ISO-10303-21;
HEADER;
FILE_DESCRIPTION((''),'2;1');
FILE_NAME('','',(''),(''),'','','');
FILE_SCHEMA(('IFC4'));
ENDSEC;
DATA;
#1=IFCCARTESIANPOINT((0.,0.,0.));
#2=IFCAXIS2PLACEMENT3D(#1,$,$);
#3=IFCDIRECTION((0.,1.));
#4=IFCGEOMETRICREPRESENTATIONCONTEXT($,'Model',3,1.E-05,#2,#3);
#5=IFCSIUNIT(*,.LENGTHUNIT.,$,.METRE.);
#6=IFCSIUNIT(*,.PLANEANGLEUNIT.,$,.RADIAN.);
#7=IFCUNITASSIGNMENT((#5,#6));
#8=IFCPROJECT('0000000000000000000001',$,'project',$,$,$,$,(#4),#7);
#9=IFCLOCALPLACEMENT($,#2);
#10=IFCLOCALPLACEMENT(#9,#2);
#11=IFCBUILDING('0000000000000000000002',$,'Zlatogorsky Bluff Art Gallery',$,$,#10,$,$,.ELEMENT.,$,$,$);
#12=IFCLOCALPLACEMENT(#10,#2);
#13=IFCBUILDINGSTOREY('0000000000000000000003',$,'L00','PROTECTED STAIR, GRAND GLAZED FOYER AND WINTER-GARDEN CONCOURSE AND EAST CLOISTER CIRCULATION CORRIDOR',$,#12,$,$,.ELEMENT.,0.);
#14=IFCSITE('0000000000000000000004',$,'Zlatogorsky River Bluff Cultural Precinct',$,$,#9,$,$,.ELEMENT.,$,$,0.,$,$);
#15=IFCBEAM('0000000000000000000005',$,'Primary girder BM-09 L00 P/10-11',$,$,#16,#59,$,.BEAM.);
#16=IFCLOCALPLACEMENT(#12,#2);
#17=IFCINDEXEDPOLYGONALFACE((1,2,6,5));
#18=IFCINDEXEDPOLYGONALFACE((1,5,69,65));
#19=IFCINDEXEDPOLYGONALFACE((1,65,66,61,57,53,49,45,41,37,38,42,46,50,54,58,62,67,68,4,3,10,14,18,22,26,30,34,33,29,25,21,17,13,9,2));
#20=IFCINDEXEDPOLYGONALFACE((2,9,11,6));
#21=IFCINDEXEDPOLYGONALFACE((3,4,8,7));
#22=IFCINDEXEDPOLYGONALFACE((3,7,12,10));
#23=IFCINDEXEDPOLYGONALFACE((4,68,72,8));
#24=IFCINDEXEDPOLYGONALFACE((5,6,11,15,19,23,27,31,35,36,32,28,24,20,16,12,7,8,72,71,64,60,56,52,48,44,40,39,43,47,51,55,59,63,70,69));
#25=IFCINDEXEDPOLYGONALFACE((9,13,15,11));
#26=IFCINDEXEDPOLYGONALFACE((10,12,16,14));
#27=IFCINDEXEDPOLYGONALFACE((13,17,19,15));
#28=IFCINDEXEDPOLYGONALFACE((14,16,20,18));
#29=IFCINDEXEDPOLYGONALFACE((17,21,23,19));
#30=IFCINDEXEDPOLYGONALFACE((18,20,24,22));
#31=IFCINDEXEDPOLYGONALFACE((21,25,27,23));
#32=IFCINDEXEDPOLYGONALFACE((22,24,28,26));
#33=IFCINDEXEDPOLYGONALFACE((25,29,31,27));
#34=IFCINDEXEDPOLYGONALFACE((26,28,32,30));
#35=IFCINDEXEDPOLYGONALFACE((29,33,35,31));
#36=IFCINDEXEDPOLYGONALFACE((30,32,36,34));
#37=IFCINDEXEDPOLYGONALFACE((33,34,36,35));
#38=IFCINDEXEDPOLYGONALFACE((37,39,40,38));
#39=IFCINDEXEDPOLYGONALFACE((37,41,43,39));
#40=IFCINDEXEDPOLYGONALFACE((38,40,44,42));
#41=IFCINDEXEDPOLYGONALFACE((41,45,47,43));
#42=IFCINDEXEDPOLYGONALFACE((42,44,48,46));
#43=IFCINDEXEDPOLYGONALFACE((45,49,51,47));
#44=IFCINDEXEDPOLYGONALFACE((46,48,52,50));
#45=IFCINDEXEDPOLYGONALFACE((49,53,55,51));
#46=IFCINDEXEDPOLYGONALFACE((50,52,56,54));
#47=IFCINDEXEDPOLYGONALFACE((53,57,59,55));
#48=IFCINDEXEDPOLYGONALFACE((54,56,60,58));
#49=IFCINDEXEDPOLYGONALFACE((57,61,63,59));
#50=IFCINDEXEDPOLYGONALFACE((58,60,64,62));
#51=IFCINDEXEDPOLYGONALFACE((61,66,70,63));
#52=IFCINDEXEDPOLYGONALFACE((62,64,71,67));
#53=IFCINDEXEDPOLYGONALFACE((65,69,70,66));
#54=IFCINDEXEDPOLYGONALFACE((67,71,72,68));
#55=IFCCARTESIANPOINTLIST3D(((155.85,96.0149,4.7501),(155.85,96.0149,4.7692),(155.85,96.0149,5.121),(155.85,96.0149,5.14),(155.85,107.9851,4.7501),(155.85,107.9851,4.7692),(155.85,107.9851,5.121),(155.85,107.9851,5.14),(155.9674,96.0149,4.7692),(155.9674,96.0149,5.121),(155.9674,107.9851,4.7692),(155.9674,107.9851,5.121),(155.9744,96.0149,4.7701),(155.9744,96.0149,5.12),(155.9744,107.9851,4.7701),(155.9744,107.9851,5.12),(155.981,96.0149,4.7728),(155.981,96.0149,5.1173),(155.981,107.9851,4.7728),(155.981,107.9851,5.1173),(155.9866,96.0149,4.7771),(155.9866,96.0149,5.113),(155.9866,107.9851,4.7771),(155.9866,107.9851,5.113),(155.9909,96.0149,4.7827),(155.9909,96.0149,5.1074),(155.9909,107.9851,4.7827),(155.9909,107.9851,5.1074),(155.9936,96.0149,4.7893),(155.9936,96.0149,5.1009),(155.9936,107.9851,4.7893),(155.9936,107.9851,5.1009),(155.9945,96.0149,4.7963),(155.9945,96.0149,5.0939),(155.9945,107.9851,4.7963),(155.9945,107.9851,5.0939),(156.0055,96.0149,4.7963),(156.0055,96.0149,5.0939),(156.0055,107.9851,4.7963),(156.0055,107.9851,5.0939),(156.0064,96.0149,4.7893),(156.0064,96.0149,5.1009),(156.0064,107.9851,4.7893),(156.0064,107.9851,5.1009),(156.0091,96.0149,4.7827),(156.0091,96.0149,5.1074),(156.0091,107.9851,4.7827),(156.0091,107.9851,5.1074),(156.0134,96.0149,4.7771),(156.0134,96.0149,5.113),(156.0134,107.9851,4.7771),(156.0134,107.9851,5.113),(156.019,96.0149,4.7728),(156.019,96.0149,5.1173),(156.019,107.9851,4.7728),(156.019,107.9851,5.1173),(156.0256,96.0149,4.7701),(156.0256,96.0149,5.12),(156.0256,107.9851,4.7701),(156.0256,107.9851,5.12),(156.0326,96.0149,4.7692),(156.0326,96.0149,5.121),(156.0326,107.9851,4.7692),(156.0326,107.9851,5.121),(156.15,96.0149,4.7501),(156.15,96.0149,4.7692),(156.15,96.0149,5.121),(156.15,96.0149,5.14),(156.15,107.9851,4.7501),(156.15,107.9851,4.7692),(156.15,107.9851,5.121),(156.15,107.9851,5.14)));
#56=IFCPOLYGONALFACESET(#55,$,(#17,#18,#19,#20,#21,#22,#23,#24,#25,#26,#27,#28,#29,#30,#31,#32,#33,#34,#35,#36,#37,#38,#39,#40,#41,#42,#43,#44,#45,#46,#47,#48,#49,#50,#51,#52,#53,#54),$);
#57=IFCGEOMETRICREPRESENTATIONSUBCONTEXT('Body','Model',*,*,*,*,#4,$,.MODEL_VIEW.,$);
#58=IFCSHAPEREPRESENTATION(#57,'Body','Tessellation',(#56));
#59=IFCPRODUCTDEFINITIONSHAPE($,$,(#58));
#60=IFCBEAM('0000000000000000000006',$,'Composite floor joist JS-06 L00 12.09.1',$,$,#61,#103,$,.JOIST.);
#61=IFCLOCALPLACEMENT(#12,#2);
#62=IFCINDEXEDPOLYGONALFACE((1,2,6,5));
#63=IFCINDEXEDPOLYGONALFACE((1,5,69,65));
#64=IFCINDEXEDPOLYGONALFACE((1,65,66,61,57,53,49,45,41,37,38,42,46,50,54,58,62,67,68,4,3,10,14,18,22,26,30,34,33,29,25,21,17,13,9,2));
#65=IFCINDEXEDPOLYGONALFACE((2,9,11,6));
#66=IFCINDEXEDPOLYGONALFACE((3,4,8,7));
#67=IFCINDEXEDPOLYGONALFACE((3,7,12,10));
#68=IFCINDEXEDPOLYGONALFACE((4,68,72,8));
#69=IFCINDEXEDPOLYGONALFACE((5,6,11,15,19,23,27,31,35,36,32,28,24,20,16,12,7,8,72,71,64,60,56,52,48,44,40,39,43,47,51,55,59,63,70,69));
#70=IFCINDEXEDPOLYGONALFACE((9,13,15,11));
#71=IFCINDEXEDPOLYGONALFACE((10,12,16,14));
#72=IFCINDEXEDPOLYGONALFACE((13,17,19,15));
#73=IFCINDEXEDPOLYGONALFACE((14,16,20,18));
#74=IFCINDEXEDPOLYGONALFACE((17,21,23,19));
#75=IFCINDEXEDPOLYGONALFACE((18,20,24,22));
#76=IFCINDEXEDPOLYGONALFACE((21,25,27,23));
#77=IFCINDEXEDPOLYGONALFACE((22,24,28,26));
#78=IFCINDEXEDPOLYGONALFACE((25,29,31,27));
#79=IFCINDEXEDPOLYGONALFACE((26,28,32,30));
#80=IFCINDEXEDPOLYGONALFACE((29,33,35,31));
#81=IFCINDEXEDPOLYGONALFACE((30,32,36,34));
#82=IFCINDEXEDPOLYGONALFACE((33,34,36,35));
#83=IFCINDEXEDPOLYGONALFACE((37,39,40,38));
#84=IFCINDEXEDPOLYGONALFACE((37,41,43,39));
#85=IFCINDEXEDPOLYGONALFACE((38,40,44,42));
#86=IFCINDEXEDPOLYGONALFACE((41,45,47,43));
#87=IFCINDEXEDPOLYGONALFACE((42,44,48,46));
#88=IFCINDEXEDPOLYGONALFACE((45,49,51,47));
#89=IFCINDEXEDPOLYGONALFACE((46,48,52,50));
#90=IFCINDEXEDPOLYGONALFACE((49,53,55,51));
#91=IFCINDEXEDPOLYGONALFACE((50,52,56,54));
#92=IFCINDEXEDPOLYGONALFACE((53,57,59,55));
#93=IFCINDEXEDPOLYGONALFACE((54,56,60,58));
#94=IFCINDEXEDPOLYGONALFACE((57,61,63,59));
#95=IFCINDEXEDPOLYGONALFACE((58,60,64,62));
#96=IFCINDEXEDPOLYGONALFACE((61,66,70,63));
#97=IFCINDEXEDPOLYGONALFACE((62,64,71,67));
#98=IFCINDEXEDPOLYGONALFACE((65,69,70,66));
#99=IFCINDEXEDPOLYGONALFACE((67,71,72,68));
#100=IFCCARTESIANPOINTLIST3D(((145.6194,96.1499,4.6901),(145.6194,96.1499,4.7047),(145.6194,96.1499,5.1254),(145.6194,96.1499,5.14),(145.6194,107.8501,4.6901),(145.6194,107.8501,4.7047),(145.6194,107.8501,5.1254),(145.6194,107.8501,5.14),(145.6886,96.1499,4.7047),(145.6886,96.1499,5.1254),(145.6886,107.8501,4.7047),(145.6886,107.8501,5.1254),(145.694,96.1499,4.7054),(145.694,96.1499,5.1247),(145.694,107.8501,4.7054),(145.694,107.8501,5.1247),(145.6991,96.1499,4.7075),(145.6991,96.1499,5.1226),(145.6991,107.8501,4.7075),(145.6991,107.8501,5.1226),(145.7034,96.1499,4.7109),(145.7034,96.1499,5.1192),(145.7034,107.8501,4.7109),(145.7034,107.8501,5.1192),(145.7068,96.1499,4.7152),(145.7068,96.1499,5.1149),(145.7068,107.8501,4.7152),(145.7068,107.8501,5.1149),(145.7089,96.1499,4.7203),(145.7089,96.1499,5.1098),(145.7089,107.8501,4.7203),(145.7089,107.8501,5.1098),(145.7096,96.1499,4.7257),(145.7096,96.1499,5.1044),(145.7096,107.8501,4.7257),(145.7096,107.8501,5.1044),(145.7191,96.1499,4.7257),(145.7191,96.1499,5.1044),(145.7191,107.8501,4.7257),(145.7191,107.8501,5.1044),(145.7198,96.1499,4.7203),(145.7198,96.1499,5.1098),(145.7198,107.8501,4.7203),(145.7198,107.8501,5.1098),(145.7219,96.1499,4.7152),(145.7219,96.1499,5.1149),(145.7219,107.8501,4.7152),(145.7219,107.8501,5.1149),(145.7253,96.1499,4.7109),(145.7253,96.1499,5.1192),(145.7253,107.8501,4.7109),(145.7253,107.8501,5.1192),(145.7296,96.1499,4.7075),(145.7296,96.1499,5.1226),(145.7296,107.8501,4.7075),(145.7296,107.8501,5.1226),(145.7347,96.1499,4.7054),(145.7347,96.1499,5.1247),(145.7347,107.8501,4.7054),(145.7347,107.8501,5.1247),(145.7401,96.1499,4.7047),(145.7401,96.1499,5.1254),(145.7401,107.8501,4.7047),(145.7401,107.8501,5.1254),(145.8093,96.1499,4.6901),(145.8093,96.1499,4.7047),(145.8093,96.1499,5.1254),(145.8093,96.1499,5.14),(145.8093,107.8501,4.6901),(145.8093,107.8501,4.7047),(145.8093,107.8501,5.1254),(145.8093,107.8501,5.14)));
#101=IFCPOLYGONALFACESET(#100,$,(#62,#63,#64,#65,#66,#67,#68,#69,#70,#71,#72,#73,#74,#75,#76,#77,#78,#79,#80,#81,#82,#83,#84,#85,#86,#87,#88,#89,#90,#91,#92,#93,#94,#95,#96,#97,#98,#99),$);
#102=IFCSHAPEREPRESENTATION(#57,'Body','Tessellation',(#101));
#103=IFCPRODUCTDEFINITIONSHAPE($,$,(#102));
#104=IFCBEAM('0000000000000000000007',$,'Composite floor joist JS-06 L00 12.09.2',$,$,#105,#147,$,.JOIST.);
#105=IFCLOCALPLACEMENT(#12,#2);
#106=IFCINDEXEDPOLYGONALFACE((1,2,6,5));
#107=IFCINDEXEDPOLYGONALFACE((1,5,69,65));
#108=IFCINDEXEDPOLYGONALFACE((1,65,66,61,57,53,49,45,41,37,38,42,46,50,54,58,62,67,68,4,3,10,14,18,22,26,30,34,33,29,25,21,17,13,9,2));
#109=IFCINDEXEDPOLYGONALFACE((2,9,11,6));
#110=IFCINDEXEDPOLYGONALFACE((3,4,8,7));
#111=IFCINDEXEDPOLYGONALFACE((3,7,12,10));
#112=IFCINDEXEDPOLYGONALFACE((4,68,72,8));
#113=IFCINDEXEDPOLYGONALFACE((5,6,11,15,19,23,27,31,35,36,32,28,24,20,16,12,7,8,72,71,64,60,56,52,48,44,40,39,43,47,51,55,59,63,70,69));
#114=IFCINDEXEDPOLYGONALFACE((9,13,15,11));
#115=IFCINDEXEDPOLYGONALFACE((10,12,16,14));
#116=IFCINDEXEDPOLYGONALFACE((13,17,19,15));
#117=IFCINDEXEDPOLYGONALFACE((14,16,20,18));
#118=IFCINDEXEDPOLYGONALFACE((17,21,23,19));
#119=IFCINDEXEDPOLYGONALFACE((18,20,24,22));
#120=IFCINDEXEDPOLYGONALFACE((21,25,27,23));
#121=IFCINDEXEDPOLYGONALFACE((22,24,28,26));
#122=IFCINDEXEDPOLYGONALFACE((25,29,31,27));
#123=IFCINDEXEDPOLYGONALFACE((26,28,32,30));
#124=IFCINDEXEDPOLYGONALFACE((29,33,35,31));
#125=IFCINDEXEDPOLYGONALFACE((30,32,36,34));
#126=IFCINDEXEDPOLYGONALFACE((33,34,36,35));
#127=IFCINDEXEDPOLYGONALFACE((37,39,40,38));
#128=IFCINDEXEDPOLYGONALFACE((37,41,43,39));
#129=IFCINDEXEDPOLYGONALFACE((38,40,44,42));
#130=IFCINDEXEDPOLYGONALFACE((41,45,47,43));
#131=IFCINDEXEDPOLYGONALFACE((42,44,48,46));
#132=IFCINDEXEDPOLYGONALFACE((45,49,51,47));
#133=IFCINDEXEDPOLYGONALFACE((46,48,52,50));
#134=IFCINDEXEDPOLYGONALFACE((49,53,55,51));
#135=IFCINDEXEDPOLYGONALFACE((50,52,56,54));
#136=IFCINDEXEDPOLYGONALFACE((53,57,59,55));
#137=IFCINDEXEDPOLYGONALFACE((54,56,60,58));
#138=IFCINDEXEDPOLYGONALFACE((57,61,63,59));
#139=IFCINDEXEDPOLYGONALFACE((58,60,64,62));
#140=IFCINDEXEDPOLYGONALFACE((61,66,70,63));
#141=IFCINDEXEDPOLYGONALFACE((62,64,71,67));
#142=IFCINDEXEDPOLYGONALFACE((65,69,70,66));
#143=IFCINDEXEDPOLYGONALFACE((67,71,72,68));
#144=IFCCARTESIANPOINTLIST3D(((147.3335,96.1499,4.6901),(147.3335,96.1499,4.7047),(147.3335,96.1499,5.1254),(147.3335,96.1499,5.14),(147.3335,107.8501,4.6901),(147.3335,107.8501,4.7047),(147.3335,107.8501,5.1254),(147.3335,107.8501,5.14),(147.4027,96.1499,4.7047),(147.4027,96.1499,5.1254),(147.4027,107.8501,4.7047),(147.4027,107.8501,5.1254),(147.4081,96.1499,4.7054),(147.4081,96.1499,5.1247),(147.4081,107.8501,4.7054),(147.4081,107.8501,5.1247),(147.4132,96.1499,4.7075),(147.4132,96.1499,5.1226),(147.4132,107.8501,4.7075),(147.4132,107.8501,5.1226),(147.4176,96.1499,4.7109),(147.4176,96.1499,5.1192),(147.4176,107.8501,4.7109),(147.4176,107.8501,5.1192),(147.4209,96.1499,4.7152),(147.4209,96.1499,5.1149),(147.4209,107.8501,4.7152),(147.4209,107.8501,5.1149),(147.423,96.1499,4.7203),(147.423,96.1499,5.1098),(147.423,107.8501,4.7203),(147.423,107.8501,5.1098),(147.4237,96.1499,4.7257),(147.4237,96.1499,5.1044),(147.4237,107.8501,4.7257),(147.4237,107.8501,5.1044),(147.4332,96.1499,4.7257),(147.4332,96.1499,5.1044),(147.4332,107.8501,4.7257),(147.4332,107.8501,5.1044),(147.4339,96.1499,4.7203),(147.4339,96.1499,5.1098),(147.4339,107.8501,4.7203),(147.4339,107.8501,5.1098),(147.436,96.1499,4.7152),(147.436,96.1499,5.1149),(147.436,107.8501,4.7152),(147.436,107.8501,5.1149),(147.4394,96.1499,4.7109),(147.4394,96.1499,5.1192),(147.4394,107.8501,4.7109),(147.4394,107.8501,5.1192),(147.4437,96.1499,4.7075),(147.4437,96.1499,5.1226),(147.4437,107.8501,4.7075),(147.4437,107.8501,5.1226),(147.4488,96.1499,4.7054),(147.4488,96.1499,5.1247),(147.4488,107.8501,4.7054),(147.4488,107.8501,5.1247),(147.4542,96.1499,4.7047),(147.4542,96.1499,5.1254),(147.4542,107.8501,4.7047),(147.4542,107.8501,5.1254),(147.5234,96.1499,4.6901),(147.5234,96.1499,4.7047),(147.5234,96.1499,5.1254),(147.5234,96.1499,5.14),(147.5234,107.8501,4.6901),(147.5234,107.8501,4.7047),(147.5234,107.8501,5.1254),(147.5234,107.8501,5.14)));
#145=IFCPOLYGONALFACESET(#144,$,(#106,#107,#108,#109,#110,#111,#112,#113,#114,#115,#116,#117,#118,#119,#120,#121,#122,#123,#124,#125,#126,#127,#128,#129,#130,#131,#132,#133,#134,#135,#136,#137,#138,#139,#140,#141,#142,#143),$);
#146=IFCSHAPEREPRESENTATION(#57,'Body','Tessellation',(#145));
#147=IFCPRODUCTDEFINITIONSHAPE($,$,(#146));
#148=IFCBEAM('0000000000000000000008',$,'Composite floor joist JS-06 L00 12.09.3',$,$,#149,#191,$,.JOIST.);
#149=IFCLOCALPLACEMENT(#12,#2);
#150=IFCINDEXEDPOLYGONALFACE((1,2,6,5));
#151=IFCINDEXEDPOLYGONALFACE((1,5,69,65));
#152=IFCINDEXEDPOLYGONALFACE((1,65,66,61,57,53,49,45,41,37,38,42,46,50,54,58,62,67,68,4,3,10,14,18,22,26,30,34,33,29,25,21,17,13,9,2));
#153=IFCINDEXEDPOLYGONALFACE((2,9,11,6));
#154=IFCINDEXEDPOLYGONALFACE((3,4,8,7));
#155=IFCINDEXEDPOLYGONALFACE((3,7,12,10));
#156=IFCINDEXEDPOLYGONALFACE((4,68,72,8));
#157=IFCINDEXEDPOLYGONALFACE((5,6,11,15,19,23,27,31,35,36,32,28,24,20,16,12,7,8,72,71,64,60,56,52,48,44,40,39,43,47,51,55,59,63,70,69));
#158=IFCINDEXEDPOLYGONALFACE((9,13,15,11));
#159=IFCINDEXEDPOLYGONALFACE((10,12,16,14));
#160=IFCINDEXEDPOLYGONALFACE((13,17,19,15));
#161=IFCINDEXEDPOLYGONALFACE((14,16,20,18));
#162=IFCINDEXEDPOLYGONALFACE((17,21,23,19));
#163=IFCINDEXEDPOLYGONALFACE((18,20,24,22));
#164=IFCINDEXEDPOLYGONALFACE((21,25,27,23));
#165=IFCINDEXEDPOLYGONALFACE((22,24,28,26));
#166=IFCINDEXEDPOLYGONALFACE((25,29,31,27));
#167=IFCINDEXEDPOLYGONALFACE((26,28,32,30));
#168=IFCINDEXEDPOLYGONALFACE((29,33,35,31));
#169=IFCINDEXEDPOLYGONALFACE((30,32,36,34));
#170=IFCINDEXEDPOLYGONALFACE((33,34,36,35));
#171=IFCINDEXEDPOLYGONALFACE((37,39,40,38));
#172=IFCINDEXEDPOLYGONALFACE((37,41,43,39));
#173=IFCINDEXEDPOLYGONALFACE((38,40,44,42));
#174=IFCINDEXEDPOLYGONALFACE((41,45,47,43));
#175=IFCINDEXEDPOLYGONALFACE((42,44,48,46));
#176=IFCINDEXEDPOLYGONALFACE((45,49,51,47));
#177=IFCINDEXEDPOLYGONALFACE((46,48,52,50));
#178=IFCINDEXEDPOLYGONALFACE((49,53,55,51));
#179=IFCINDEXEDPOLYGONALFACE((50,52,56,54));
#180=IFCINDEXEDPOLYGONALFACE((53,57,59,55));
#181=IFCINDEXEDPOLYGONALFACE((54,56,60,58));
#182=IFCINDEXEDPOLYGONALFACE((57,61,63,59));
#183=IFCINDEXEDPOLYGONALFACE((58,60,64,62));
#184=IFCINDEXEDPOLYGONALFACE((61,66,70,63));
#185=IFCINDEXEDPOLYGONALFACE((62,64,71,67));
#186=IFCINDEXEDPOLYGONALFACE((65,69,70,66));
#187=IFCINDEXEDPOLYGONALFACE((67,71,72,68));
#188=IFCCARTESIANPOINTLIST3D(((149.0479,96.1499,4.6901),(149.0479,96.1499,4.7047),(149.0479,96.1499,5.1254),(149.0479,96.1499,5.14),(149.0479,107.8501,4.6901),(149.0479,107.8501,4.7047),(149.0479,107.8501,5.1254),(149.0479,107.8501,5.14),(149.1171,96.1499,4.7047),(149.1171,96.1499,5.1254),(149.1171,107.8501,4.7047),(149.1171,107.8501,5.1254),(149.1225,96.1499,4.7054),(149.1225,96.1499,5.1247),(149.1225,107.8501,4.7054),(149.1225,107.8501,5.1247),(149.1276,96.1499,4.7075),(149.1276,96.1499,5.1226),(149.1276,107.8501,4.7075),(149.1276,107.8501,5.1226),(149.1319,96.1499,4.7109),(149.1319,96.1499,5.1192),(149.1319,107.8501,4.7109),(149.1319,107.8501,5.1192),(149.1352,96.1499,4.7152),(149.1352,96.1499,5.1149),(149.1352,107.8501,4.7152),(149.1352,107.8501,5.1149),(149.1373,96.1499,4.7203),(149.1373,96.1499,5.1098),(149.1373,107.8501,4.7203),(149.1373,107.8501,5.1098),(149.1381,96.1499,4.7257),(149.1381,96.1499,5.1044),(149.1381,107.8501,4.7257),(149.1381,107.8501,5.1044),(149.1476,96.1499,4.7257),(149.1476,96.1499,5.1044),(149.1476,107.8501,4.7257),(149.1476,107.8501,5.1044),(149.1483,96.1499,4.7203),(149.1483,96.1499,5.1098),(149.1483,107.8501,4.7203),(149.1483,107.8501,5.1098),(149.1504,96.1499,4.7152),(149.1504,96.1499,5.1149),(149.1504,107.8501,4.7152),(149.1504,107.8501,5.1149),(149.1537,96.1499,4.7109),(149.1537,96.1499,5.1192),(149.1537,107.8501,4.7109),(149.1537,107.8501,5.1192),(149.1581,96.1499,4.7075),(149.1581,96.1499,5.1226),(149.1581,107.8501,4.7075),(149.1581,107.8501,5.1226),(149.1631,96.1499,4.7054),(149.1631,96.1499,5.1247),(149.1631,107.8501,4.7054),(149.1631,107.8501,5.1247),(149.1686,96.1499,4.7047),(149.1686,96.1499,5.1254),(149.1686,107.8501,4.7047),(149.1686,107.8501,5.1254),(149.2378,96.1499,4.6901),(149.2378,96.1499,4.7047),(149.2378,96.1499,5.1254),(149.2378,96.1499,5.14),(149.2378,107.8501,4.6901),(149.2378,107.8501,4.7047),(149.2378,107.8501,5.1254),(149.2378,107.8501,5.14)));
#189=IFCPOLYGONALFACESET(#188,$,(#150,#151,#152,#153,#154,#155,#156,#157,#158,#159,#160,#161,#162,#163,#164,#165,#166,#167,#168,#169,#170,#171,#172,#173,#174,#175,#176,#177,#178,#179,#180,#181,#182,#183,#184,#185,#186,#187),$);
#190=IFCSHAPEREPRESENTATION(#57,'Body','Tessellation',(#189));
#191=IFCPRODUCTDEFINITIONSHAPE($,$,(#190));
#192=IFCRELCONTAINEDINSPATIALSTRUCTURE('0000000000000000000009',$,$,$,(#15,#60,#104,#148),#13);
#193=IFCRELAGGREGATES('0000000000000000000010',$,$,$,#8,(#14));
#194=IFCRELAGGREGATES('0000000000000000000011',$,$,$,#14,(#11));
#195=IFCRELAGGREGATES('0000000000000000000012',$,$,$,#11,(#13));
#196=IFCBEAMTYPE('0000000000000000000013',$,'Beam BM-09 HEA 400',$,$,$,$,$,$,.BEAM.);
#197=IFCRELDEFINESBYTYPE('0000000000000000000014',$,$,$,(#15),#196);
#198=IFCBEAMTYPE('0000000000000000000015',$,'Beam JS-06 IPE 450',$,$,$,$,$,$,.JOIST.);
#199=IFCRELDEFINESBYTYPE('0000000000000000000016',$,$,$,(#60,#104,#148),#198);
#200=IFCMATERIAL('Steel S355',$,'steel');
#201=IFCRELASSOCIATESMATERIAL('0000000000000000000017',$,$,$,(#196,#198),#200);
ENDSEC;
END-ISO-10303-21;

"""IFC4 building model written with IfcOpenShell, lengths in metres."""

from ifc_helpers import new_model, si_unit, direction, frame, origin, origin_2d, place, context, subcontext, project, spatial, i_section, extrude, material, material_profile, profile_set, type_object, element, save


model = new_model("IFC4")

# Units and contexts
model_context = context("Model", 3, precision=1e-05, world=origin(), true_north=direction((0.0, 1.0)))
body_context = subcontext(model_context, "Body", "Model", "MODEL_VIEW")
ifc_project = project(units=[si_unit("LENGTHUNIT", "METRE"), si_unit("PLANEANGLEUNIT", "RADIAN")], contexts=[model_context])

# Site, building, storey
site_placement = place(None, origin())
site = spatial("IfcSite", under=ifc_project, at=site_placement, Name="Zlatogorsky River Bluff Cultural Precinct", CompositionType="ELEMENT", RefElevation=0.0)
building_placement = place(site_placement, origin())
building = spatial("IfcBuilding", under=site, at=building_placement, Name="Zlatogorsky Bluff Art Gallery", CompositionType="ELEMENT")
storey_placement = place(building_placement, origin())
storey = spatial("IfcBuildingStorey", under=building, at=storey_placement, Name="L00", Description="PROTECTED STAIR, GRAND GLAZED FOYER AND WINTER-GARDEN CONCOURSE AND EAST CLOISTER CIRCULATION CORRIDOR", CompositionType="ELEMENT", Elevation=0.0)

# Shared definitions
ifc_material_1 = material(Name="Steel S355", Category="steel")

# Beams
ifc_material_profile_1 = material_profile(ifc_material_1, i_section(OverallWidth=0.3, OverallDepth=0.3899, WebThickness=0.011, FlangeThickness=0.019, FilletRadius=0.0271, at=origin_2d()), Name="HEA 400")
ifc_profile_set_1 = profile_set([ifc_material_profile_1], Name="Steel S355")
beam_type_1 = type_object("IfcBeamType", Name="Beam BM-09 HEA 400", PredefinedType="BEAM", material=ifc_profile_set_1)
for number, where, z_axis, x_axis, name in (
    (1, (156.0, 96.0149, 4.9451), (0.0, 1.0, 0.0), (-1.0, 0.0, 0.0), "Primary girder BM-09 L00 P/10-11"),
):
    element("IfcBeam", number, at=place(storey_placement, frame(where, z_axis=z_axis, x_axis=x_axis)), inside=storey, type_object=beam_type_1, Name=name, PredefinedType="BEAM", context=body_context, shape_type="SweptSolid", body=[
        extrude(i_section(OverallWidth=0.3, OverallDepth=0.3899, WebThickness=0.011, FlangeThickness=0.019, FilletRadius=0.0271, at=origin_2d()), origin(), (0.0, 0.0, 1.0), 11.9702),
    ])
ifc_material_profile_2 = material_profile(ifc_material_1, i_section(OverallWidth=0.1899, OverallDepth=0.45, WebThickness=0.0095, FlangeThickness=0.0146, FilletRadius=0.021, at=origin_2d()), Name="IPE 450")
ifc_profile_set_2 = profile_set([ifc_material_profile_2], Name="Steel S355")
beam_type_2 = type_object("IfcBeamType", Name="Beam JS-06 IPE 450", PredefinedType="JOIST", material=ifc_profile_set_2)
for number, where, z_axis, x_axis, name in (
    (2, (145.7144, 96.1499, 4.915), (0.0, 1.0, 0.0), (-1.0, 0.0, 0.0), "Composite floor joist JS-06 L00 12.09.1"),
    (3, (147.4285, 96.1499, 4.915), (0.0, 1.0, 0.0), (-1.0, 0.0, 0.0), "Composite floor joist JS-06 L00 12.09.2"),
    (4, (149.1428, 96.1499, 4.915), (0.0, 1.0, 0.0), (-1.0, 0.0, 0.0), "Composite floor joist JS-06 L00 12.09.3"),
):
    element("IfcBeam", number, at=place(storey_placement, frame(where, z_axis=z_axis, x_axis=x_axis)), inside=storey, type_object=beam_type_2, Name=name, PredefinedType="JOIST", context=body_context, shape_type="SweptSolid", body=[
        extrude(i_section(OverallWidth=0.1899, OverallDepth=0.45, WebThickness=0.0095, FlangeThickness=0.0146, FilletRadius=0.021, at=origin_2d()), origin(), (0.0, 0.0, 1.0), 11.7002),
    ])

save(model, "model.ifc")
